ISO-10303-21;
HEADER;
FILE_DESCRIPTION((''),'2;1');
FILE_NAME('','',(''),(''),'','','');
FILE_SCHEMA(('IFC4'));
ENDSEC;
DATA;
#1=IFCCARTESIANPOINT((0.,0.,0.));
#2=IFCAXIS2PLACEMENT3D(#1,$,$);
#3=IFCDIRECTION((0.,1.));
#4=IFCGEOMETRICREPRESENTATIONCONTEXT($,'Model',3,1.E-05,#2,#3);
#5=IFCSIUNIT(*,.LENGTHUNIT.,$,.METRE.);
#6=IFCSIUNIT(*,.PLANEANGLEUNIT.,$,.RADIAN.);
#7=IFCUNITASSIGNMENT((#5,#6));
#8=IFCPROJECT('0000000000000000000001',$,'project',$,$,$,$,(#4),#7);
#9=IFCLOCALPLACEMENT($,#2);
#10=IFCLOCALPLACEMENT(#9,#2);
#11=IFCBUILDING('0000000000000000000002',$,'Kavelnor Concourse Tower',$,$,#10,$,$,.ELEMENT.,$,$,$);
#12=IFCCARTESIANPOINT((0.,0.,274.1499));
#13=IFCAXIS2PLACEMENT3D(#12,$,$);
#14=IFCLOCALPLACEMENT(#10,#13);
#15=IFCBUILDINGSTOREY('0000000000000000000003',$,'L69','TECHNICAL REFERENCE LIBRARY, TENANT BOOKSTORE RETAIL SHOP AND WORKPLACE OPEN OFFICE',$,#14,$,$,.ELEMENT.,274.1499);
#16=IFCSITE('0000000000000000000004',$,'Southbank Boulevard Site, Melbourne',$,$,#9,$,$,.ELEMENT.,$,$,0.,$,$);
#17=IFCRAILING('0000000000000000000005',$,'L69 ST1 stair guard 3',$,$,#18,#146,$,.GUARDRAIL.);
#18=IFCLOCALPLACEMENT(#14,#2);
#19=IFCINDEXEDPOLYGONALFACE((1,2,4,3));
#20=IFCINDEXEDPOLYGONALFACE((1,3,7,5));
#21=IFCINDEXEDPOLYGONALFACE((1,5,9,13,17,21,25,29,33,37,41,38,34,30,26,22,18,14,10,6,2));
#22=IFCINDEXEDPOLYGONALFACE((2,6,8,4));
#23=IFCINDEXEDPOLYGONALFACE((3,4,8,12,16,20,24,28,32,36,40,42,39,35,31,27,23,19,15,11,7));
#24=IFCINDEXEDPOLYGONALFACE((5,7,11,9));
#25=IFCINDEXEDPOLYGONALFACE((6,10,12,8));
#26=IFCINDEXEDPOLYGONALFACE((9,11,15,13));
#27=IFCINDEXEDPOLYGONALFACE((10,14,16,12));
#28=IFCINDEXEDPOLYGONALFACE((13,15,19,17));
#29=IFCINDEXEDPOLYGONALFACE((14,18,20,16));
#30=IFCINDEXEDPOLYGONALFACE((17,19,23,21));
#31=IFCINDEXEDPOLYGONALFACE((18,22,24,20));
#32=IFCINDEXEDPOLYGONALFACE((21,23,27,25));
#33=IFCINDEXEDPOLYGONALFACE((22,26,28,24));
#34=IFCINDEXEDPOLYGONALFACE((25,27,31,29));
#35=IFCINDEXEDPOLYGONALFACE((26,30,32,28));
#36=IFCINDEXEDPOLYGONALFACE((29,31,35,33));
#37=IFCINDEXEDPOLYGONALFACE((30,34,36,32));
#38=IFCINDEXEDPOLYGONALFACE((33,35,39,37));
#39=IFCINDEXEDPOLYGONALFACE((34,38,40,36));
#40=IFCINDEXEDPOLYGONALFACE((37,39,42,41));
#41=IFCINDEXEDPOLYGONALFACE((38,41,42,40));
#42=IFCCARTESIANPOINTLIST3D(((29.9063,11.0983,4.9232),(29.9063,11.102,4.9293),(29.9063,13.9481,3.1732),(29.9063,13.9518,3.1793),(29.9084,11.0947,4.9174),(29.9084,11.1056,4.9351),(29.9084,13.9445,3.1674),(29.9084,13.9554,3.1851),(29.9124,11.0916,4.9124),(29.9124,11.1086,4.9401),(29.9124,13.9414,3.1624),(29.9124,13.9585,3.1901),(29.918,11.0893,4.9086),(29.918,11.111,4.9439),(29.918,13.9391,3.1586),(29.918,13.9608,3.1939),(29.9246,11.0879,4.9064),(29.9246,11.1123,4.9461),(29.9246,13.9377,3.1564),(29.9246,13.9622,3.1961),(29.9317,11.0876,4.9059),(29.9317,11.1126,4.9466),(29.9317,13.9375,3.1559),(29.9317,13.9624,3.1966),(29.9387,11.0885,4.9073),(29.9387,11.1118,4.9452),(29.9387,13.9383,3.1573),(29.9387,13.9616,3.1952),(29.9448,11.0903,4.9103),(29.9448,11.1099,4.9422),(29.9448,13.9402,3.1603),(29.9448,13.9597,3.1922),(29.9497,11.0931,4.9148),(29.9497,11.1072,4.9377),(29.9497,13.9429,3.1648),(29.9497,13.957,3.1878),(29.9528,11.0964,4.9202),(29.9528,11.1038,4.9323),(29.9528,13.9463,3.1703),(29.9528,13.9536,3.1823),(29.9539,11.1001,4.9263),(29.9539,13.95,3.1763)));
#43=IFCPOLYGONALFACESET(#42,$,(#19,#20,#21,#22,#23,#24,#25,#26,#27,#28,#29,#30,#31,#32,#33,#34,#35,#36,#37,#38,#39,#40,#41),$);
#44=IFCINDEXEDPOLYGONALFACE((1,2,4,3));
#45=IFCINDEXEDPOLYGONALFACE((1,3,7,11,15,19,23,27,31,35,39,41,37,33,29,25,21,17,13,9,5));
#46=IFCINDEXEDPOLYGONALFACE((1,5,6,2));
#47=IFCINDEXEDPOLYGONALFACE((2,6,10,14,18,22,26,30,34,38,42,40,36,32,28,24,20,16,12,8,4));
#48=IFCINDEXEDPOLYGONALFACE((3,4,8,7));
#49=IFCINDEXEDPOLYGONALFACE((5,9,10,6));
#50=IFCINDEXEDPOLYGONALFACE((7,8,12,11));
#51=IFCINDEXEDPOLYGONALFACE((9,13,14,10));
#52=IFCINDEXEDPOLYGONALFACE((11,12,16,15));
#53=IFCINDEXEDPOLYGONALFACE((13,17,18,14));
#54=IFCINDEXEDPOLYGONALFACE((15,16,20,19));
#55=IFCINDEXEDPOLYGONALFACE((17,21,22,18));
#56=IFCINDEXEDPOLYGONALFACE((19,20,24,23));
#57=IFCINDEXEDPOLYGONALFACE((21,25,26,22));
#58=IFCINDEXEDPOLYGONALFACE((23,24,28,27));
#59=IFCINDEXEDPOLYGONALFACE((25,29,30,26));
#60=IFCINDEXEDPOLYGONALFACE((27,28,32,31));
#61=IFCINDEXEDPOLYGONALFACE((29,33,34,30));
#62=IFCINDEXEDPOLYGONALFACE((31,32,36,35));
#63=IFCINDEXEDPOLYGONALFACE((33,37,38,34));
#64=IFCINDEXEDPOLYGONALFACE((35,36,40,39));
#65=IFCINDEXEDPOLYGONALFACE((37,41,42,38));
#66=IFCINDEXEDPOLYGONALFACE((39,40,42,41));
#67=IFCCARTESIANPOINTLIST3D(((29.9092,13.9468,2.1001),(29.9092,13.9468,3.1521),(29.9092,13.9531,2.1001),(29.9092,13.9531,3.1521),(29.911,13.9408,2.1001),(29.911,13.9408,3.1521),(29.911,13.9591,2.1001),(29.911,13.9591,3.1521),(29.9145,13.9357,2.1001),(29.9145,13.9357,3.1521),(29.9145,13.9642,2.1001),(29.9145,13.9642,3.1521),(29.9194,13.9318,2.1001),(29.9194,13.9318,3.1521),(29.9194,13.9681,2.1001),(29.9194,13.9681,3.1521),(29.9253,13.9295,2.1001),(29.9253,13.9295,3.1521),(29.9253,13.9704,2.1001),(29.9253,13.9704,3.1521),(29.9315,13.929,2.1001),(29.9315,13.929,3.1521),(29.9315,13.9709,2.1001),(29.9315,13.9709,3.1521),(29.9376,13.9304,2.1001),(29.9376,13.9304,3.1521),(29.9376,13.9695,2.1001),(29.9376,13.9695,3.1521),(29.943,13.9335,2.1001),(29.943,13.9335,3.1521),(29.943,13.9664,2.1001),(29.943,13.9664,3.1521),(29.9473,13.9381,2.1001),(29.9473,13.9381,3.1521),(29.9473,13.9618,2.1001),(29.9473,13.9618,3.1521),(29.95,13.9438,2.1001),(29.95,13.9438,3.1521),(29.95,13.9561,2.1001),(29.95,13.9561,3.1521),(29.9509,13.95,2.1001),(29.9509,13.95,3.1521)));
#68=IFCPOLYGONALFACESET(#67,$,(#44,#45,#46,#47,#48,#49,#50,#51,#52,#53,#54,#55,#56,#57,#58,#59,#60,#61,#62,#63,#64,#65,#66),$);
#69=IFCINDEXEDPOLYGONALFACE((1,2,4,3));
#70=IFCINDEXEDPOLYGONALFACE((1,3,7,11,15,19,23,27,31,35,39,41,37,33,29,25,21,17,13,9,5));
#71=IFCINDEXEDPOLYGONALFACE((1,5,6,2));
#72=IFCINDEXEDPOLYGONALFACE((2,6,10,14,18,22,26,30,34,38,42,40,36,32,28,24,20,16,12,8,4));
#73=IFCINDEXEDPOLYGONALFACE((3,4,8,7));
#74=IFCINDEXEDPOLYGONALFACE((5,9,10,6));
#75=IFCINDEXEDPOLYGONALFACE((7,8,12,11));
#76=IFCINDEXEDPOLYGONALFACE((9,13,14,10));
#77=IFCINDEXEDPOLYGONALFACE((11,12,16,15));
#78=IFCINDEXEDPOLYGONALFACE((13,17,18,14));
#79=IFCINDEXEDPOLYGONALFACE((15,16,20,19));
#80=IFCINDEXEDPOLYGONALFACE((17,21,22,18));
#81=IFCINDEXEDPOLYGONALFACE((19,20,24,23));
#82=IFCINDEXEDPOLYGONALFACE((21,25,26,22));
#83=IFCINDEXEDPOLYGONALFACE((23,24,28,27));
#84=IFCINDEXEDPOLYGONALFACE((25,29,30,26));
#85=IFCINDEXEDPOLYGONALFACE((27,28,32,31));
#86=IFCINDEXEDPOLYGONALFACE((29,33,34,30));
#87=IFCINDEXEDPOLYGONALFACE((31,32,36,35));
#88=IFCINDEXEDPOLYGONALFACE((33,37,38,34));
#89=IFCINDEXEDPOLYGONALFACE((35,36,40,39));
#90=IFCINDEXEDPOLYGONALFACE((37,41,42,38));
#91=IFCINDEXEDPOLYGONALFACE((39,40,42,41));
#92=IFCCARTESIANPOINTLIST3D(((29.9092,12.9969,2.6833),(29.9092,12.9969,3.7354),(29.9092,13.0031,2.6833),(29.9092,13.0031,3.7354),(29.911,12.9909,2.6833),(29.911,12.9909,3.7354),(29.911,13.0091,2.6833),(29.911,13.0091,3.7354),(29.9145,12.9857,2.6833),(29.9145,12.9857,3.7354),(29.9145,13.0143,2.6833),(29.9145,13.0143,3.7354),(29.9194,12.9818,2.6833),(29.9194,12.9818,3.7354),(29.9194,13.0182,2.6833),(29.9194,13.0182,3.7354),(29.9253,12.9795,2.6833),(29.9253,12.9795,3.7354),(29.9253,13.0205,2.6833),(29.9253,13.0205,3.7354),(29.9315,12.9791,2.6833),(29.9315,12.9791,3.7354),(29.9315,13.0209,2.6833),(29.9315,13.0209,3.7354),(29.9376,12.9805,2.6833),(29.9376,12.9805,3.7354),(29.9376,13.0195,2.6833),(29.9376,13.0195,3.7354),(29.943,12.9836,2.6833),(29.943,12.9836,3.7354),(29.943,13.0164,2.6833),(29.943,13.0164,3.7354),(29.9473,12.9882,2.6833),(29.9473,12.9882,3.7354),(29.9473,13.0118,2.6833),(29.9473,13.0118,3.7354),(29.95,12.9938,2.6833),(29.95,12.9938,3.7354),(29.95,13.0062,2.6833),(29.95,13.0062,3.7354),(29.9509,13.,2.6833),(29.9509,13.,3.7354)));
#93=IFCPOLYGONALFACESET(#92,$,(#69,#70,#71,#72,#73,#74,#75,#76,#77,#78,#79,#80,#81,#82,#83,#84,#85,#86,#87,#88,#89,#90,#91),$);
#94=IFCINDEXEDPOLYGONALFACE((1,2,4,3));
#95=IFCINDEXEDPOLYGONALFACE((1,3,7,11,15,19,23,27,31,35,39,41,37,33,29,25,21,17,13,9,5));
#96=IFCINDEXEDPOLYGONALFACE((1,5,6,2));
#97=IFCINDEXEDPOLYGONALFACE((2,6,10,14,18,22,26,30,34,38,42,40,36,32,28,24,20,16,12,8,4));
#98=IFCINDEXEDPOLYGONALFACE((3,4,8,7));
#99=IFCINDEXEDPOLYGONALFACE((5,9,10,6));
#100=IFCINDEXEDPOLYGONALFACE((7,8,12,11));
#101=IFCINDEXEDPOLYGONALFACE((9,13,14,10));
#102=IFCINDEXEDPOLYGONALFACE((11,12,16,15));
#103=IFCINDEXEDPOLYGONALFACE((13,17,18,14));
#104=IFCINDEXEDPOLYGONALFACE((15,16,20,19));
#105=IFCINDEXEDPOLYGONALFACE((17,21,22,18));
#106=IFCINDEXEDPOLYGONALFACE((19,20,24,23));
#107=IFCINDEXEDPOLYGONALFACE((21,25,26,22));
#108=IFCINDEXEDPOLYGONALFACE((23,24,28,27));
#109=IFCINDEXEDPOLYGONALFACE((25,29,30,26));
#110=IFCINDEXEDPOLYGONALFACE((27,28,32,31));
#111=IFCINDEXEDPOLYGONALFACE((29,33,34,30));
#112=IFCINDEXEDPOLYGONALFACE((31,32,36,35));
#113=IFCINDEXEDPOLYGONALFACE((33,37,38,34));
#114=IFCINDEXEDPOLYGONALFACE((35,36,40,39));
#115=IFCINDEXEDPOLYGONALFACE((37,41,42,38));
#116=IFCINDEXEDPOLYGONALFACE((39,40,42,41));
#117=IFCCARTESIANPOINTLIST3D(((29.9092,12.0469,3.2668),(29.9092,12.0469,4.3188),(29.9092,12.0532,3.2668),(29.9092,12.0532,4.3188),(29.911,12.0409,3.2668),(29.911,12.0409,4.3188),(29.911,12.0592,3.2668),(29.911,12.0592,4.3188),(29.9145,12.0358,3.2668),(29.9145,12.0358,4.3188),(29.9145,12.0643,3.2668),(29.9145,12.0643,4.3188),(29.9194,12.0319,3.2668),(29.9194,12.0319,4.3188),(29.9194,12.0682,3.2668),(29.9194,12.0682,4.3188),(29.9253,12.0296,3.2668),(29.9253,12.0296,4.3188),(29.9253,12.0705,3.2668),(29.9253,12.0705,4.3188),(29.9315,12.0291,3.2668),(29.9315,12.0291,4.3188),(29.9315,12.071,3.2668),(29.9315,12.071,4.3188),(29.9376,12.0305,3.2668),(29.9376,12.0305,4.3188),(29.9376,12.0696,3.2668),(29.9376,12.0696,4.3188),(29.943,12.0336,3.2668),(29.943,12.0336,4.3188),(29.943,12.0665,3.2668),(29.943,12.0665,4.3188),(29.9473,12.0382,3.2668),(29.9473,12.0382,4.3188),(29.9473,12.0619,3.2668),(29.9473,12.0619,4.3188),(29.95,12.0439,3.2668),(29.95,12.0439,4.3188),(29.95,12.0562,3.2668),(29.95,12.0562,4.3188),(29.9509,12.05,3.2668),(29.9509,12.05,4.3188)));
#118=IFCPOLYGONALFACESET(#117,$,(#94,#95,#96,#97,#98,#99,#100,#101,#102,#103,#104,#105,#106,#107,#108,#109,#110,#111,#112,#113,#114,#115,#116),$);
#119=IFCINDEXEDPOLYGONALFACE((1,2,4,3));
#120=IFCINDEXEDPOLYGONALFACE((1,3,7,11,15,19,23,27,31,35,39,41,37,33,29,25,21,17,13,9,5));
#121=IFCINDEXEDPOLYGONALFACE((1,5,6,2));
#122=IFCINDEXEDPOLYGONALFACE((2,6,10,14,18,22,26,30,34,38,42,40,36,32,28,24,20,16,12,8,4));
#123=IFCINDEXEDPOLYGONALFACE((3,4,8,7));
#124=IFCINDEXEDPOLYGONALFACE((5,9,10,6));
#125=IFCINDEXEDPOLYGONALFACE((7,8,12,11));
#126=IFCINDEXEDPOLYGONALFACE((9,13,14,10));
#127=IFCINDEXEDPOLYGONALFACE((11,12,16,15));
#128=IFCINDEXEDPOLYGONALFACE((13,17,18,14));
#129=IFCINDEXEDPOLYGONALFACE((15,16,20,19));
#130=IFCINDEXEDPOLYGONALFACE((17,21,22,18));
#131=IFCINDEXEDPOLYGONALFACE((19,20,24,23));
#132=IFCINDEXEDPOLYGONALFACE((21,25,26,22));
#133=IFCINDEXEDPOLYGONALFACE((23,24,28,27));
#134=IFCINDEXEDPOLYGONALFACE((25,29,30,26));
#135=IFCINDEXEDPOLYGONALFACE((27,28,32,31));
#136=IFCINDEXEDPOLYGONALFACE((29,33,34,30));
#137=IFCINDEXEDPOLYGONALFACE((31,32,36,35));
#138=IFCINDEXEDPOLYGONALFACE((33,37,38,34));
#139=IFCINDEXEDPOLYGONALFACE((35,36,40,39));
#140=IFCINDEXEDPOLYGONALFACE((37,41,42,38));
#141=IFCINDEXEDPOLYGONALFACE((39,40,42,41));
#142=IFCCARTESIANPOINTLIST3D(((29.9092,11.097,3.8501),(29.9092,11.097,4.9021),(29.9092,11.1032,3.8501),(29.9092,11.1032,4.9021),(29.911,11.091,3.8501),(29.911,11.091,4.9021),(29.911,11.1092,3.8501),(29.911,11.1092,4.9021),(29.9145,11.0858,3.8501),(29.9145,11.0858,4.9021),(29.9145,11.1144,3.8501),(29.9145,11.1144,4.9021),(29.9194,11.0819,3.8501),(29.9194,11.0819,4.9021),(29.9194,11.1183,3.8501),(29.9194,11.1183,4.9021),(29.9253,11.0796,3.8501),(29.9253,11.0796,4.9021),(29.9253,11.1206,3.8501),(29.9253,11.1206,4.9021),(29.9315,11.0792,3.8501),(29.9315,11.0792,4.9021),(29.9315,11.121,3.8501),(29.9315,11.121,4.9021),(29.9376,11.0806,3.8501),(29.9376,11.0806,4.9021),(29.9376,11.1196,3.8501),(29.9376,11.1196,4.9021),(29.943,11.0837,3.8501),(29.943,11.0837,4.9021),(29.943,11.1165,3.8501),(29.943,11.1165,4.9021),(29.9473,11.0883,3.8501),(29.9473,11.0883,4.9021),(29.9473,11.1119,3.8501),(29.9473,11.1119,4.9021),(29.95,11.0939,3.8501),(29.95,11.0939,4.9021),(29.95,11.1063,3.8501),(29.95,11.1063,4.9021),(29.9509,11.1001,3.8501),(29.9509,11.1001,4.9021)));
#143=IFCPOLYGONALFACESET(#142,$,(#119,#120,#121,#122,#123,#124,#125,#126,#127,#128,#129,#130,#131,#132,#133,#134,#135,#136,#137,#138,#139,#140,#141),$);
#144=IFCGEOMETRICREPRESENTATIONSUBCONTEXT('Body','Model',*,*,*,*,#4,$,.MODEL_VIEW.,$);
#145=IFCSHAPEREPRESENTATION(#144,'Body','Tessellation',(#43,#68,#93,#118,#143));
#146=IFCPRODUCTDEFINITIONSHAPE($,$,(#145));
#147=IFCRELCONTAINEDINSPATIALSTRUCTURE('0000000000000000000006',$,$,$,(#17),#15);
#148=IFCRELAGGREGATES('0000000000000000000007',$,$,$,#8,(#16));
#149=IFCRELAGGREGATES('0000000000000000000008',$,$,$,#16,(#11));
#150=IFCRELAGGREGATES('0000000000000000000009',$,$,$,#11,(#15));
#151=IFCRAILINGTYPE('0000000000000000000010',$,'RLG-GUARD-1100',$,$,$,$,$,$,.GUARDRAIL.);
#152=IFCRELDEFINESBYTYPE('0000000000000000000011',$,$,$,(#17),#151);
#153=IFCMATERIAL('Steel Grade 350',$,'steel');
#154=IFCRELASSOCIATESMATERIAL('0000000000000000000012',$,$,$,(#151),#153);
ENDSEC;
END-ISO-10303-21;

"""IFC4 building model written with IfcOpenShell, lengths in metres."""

from ifc_helpers import new_model, si_unit, direction, frame, origin, origin_2d, place, context, subcontext, project, spatial, circle, extrude, material, type_object, element, save


model = new_model("IFC4")

# Units and contexts
model_context = context("Model", 3, precision=1e-05, world=origin(), true_north=direction((0.0, 1.0)))
body_context = subcontext(model_context, "Body", "Model", "MODEL_VIEW")
ifc_project = project(units=[si_unit("LENGTHUNIT", "METRE"), si_unit("PLANEANGLEUNIT", "RADIAN")], contexts=[model_context])

# Site, building, storey
site_placement = place(None, origin())
site = spatial("IfcSite", under=ifc_project, at=site_placement, Name="Southbank Boulevard Site, Melbourne", CompositionType="ELEMENT", RefElevation=0.0)
building_placement = place(site_placement, origin())
building = spatial("IfcBuilding", under=site, at=building_placement, Name="Kavelnor Concourse Tower", CompositionType="ELEMENT")
storey_placement = place(building_placement, frame((0.0, 0.0, 274.1499)))
storey = spatial("IfcBuildingStorey", under=building, at=storey_placement, Name="L69", Description="TECHNICAL REFERENCE LIBRARY, TENANT BOOKSTORE RETAIL SHOP AND WORKPLACE OPEN OFFICE", CompositionType="ELEMENT", Elevation=274.1499)

# Shared definitions
ifc_material_1 = material(Name="Steel Grade 350", Category="steel")

# Railing
railing_type_1 = type_object("IfcRailingType", Name="RLG-GUARD-1100", PredefinedType="GUARDRAIL", material=ifc_material_1)
railing_1_placement = place(storey_placement, frame((29.9299, 13.95, 2.1001)))
element("IfcRailing", 1, at=railing_1_placement, inside=storey, type_object=railing_type_1, Name="L69 ST1 stair guard 3", PredefinedType="GUARDRAIL", context=body_context, shape_type="SweptSolid", body=[
    extrude(circle(Radius=0.0239, at=origin_2d()), frame((0.0, 0.0, 1.0762), z_axis=(0.0, -0.852159, 0.523283), x_axis=(1.0, 0.0, 0.0)), (0.0, 0.0, 1.0), 3.3442),
    extrude(circle(Radius=0.021, at=origin_2d()), origin(), (0.0, 0.0, 1.0), 1.052),
    extrude(circle(Radius=0.021, at=origin_2d()), frame((0.0, -0.95, 0.5833)), (0.0, 0.0, 1.0), 1.052),
    extrude(circle(Radius=0.021, at=origin_2d()), frame((0.0, -1.8999, 1.1667)), (0.0, 0.0, 1.0), 1.052),
    extrude(circle(Radius=0.021, at=origin_2d()), frame((0.0, -2.8499, 1.75)), (0.0, 0.0, 1.0), 1.052),
])

save(model, "model.ifc")
